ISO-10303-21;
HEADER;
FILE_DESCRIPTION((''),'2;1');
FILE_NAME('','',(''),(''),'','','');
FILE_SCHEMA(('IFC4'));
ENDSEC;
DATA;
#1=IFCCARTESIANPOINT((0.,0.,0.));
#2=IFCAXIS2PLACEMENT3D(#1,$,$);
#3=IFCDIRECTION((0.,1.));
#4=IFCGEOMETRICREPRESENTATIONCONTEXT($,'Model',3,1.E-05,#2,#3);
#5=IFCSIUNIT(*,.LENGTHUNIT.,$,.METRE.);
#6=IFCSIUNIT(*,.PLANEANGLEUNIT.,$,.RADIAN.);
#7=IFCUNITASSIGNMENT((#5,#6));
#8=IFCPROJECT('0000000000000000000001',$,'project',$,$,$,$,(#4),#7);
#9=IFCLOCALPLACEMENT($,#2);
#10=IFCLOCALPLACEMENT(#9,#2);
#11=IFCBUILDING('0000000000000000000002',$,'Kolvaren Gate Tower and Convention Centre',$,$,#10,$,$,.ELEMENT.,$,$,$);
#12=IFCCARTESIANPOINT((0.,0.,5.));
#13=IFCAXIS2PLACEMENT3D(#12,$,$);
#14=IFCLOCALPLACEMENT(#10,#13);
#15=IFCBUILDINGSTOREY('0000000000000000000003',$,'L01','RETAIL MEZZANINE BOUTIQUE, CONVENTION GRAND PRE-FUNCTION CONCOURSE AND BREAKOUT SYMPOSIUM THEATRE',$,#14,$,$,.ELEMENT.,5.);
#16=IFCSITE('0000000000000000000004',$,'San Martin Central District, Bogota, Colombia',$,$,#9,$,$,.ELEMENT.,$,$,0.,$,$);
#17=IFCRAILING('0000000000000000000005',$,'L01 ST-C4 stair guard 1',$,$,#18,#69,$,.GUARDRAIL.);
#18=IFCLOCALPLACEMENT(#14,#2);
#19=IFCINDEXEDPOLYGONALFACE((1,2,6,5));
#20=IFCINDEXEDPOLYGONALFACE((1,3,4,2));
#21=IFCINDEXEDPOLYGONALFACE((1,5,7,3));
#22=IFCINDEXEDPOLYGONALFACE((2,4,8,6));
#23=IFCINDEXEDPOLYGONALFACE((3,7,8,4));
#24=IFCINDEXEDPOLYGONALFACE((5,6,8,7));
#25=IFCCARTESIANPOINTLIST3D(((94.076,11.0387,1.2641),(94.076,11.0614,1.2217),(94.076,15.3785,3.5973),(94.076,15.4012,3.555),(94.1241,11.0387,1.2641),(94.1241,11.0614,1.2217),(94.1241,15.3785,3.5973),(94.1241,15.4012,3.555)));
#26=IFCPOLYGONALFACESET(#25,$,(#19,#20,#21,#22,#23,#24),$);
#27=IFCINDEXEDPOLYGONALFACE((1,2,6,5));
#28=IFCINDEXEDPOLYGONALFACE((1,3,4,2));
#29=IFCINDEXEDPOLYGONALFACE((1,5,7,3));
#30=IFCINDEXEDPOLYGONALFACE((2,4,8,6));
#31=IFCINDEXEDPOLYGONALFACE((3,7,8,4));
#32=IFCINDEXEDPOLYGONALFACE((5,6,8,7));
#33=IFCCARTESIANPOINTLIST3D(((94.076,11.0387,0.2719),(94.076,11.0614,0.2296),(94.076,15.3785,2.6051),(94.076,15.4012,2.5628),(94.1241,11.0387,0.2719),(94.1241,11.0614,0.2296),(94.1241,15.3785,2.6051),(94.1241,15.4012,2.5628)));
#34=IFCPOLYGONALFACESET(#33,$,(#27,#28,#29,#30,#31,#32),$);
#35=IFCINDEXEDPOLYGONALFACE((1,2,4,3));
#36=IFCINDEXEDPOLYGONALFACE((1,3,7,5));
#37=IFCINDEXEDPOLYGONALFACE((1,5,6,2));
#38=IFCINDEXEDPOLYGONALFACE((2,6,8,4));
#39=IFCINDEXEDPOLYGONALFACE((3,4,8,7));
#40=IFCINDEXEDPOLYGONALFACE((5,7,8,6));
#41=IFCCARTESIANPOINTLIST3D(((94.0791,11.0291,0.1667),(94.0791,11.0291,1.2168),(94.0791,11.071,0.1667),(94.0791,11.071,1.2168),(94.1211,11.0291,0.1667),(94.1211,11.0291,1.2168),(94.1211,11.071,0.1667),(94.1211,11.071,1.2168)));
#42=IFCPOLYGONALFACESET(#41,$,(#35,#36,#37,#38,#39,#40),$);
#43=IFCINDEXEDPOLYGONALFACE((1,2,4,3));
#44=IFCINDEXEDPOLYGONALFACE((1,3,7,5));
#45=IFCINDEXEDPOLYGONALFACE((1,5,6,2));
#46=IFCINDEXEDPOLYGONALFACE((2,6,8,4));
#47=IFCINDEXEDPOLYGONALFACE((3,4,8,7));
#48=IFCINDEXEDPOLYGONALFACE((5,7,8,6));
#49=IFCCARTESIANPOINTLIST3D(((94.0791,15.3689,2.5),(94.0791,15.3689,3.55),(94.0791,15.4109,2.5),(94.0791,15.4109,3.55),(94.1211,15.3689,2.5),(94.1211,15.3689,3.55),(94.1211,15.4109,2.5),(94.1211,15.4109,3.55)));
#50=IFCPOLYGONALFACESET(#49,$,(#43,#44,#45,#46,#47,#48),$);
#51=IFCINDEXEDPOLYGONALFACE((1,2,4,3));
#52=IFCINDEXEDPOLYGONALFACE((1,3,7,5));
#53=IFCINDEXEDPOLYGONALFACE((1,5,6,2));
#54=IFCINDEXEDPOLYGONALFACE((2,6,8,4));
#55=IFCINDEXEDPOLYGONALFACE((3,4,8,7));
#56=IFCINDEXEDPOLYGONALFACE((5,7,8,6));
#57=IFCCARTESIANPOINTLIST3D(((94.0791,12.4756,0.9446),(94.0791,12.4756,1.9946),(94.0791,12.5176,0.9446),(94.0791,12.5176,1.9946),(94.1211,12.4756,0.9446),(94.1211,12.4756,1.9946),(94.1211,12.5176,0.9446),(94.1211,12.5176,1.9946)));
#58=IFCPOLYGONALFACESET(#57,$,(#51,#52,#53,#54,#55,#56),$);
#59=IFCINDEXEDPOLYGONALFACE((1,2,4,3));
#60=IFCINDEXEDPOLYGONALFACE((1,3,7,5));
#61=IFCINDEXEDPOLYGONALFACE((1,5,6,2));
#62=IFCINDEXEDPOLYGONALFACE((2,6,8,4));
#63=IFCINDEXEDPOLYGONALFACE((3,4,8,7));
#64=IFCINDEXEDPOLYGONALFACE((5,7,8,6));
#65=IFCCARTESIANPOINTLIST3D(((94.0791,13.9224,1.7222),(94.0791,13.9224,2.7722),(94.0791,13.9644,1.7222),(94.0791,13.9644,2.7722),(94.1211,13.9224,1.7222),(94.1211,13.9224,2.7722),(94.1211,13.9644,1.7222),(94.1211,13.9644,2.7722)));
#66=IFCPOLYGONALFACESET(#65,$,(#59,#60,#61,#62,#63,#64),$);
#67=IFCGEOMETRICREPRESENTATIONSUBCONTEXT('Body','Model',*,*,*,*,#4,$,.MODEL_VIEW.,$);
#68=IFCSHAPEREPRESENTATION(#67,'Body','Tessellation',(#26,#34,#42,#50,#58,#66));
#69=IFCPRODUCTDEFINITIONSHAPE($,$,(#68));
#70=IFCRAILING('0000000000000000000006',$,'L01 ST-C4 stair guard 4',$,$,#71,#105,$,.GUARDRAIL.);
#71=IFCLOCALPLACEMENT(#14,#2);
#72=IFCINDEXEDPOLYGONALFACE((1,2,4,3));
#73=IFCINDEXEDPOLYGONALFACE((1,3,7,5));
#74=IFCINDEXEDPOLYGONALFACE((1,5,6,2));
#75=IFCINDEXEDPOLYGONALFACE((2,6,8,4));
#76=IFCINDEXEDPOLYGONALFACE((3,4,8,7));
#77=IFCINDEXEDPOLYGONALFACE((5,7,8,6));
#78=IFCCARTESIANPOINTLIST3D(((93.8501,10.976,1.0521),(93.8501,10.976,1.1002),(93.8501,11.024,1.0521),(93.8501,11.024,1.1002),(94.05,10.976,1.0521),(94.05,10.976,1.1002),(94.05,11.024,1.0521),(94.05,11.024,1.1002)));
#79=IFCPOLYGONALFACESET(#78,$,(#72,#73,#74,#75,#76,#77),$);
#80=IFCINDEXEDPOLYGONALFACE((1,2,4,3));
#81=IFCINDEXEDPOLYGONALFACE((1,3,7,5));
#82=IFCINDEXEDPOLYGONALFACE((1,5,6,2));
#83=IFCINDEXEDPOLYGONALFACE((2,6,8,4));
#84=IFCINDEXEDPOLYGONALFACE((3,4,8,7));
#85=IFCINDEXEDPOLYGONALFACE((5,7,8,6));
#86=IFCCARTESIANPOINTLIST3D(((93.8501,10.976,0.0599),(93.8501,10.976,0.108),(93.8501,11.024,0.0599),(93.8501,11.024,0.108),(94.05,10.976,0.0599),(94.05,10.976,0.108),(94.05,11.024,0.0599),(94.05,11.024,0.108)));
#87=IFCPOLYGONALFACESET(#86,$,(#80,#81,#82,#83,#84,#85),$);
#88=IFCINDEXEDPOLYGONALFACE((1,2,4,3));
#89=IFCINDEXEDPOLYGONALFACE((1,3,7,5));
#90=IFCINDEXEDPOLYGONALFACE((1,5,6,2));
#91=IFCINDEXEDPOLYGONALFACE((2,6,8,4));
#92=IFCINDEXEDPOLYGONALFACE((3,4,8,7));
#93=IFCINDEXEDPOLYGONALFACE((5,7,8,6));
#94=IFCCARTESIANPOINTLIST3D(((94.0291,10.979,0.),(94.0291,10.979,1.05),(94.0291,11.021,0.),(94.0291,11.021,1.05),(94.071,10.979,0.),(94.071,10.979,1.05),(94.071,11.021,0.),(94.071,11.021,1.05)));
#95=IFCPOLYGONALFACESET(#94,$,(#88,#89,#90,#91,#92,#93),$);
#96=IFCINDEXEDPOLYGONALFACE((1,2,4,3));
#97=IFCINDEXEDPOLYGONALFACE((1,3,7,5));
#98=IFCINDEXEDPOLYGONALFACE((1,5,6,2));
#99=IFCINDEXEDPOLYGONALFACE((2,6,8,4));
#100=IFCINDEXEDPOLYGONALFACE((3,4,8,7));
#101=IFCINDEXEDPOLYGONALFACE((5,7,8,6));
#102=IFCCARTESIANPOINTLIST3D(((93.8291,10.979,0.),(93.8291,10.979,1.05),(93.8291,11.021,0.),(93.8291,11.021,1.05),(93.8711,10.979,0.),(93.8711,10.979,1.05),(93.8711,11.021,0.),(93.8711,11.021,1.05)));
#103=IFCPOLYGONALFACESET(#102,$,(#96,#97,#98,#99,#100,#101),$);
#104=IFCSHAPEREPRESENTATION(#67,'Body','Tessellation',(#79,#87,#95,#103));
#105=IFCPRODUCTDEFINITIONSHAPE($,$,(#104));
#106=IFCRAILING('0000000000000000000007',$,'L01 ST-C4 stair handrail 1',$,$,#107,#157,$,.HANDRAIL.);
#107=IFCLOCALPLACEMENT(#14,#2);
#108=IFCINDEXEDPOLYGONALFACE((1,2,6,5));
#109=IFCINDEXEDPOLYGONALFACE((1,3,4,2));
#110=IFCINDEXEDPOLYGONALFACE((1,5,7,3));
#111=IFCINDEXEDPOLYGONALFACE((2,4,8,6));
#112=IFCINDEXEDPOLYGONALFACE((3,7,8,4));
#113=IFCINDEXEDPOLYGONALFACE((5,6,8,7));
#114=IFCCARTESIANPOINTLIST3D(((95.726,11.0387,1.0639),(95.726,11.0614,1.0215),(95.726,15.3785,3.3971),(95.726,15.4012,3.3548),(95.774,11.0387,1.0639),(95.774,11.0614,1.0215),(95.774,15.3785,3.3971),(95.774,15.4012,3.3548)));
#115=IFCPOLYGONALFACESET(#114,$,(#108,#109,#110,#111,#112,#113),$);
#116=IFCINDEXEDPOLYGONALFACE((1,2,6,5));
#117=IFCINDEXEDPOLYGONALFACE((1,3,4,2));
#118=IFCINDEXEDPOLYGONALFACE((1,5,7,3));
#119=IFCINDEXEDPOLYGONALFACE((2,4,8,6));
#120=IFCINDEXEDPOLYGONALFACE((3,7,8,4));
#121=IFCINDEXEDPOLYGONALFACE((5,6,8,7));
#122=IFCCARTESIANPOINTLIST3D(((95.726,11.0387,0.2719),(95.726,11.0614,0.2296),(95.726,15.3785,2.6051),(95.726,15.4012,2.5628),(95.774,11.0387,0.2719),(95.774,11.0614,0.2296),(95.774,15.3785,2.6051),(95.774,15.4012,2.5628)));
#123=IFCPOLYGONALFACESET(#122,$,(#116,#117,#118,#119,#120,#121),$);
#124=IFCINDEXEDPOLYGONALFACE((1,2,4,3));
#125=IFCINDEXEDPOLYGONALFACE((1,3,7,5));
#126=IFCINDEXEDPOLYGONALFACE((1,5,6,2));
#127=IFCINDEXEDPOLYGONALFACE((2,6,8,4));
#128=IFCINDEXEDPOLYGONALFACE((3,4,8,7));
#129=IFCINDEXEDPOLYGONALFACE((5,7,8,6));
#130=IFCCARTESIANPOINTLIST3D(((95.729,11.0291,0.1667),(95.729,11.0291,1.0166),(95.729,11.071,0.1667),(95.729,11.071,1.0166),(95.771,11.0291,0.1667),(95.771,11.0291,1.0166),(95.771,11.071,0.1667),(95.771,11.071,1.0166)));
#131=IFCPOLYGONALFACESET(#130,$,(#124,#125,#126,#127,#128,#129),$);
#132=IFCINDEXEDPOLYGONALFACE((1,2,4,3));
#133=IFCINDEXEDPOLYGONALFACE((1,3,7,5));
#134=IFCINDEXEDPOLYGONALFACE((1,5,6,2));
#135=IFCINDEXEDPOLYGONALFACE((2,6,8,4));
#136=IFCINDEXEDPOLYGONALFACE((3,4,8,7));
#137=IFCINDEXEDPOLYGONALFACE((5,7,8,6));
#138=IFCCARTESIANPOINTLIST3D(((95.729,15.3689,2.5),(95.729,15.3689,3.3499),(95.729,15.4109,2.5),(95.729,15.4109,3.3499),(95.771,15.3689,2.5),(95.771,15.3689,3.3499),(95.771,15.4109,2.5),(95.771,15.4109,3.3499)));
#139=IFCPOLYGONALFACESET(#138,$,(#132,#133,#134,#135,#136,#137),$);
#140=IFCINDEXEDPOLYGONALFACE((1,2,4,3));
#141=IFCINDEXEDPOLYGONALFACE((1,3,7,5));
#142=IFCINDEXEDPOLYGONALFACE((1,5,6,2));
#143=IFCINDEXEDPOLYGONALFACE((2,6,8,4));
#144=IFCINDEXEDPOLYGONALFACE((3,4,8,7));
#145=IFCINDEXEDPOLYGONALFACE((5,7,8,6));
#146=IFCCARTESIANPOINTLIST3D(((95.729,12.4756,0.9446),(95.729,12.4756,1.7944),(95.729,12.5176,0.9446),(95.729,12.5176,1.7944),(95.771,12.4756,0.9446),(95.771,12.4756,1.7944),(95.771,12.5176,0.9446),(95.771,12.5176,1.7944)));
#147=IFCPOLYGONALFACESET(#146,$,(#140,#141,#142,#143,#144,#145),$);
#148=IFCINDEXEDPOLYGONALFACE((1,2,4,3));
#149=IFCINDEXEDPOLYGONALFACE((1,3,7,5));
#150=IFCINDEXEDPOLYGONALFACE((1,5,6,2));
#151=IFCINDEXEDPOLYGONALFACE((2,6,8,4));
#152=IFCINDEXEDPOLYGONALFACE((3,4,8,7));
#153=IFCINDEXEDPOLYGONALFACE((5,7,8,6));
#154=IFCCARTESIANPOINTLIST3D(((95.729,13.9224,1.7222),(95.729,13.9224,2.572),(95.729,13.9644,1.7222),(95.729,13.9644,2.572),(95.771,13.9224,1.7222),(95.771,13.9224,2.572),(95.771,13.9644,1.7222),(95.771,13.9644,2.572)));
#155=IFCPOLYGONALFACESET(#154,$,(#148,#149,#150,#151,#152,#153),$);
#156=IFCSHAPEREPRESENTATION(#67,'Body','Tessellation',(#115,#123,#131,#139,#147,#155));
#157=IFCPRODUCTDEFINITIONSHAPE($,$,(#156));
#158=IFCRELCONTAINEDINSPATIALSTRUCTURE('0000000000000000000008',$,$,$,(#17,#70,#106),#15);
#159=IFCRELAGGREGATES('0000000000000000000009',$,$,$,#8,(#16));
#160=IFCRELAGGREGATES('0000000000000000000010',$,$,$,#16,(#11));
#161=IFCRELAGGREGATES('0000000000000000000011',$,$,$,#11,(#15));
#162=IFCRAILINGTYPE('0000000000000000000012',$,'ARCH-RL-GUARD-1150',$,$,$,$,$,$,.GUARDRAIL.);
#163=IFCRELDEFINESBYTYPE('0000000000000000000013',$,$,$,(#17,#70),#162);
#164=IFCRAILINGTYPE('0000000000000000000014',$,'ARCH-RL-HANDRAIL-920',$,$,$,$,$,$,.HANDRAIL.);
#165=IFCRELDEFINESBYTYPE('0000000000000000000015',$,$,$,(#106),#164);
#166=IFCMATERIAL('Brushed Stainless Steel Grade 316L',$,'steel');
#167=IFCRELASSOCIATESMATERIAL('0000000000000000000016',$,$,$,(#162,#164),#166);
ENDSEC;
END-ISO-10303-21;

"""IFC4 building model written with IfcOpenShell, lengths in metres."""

from ifc_helpers import new_model, si_unit, direction, frame, origin, origin_2d, place, context, subcontext, project, spatial, rectangle, extrude, material, type_object, element, save


model = new_model("IFC4")

# Units and contexts
model_context = context("Model", 3, precision=1e-05, world=origin(), true_north=direction((0.0, 1.0)))
body_context = subcontext(model_context, "Body", "Model", "MODEL_VIEW")
ifc_project = project(units=[si_unit("LENGTHUNIT", "METRE"), si_unit("PLANEANGLEUNIT", "RADIAN")], contexts=[model_context])

# Site, building, storey
site_placement = place(None, origin())
site = spatial("IfcSite", under=ifc_project, at=site_placement, Name="San Martin Central District, Bogota, Colombia", CompositionType="ELEMENT", RefElevation=0.0)
building_placement = place(site_placement, origin())
building = spatial("IfcBuilding", under=site, at=building_placement, Name="Kolvaren Gate Tower and Convention Centre", CompositionType="ELEMENT")
storey_placement = place(building_placement, frame((0.0, 0.0, 5.0)))
storey = spatial("IfcBuildingStorey", under=building, at=storey_placement, Name="L01", Description="RETAIL MEZZANINE BOUTIQUE, CONVENTION GRAND PRE-FUNCTION CONCOURSE AND BREAKOUT SYMPOSIUM THEATRE", CompositionType="ELEMENT", Elevation=5.0)

# Railings
ifc_material_1 = material(Name="Brushed Stainless Steel Grade 316L", Category="steel")
railing_type_1 = type_object("IfcRailingType", Name="ARCH-RL-GUARD-1150", PredefinedType="GUARDRAIL", material=ifc_material_1)
railing_1_placement = place(storey_placement, frame((94.1001, 11.05, 0.1667)))
element("IfcRailing", 1, at=railing_1_placement, inside=storey, type_object=railing_type_1, Name="L01 ST-C4 stair guard 1", PredefinedType="GUARDRAIL", context=body_context, shape_type="SweptSolid", body=[
    extrude(rectangle(XDim=0.0481, YDim=0.0481, at=origin_2d()), frame((0.0, 0.0, 1.0762), z_axis=(0.0, 0.880775, 0.473535), x_axis=(-1.0, 0.0, 0.0)), (0.0, 0.0, 1.0), 4.9272),
    extrude(rectangle(XDim=0.0481, YDim=0.0481, at=origin_2d()), frame((0.0, 0.0, 0.084), z_axis=(0.0, 0.880775, 0.473535), x_axis=(-1.0, 0.0, 0.0)), (0.0, 0.0, 1.0), 4.9272),
    extrude(rectangle(XDim=0.042, YDim=0.042, at=origin_2d()), origin(), (0.0, 0.0, 1.0), 1.05),
    extrude(rectangle(XDim=0.042, YDim=0.042, at=origin_2d()), frame((0.0, 4.3398, 2.3333)), (0.0, 0.0, 1.0), 1.05),
    extrude(rectangle(XDim=0.042, YDim=0.042, at=origin_2d()), frame((0.0, 1.4465, 0.7778)), (0.0, 0.0, 1.0), 1.05),
    extrude(rectangle(XDim=0.042, YDim=0.042, at=origin_2d()), frame((0.0, 2.8933, 1.5554)), (0.0, 0.0, 1.0), 1.05),
])
railing_2_placement = place(storey_placement, frame((94.05, 11.0, 0.0)))
element("IfcRailing", 2, at=railing_2_placement, inside=storey, type_object=railing_type_1, Name="L01 ST-C4 stair guard 4", PredefinedType="GUARDRAIL", context=body_context, shape_type="SweptSolid", body=[
    extrude(rectangle(XDim=0.0481, YDim=0.0481, at=origin_2d()), frame((0.0, 0.0, 1.0762), z_axis=(-1.0, 0.0, 0.0), x_axis=(0.0, -1.0, 0.0)), (0.0, 0.0, 1.0), 0.2),
    extrude(rectangle(XDim=0.0481, YDim=0.0481, at=origin_2d()), frame((0.0, 0.0, 0.084), z_axis=(-1.0, 0.0, 0.0), x_axis=(0.0, -1.0, 0.0)), (0.0, 0.0, 1.0), 0.2),
    extrude(rectangle(XDim=0.042, YDim=0.042, at=origin_2d()), origin(), (0.0, 0.0, 1.0), 1.05),
    extrude(rectangle(XDim=0.042, YDim=0.042, at=origin_2d()), frame((-0.2, 0.0, 0.0)), (0.0, 0.0, 1.0), 1.05),
])
railing_type_2 = type_object("IfcRailingType", Name="ARCH-RL-HANDRAIL-920", PredefinedType="HANDRAIL", material=ifc_material_1)
railing_3_placement = place(storey_placement, frame((95.75, 11.05, 0.1667)))
element("IfcRailing", 3, at=railing_3_placement, inside=storey, type_object=railing_type_2, Name="L01 ST-C4 stair handrail 1", PredefinedType="HANDRAIL", context=body_context, shape_type="SweptSolid", body=[
    extrude(rectangle(XDim=0.0481, YDim=0.0481, at=origin_2d()), frame((0.0, 0.0, 0.876), z_axis=(0.0, 0.880775, 0.473535), x_axis=(-1.0, 0.0, 0.0)), (0.0, 0.0, 1.0), 4.9272),
    extrude(rectangle(XDim=0.0481, YDim=0.0481, at=origin_2d()), frame((0.0, 0.0, 0.084), z_axis=(0.0, 0.880775, 0.473535), x_axis=(-1.0, 0.0, 0.0)), (0.0, 0.0, 1.0), 4.9272),
    extrude(rectangle(XDim=0.042, YDim=0.042, at=origin_2d()), origin(), (0.0, 0.0, 1.0), 0.8499),
    extrude(rectangle(XDim=0.042, YDim=0.042, at=origin_2d()), frame((0.0, 4.3398, 2.3333)), (0.0, 0.0, 1.0), 0.8499),
    extrude(rectangle(XDim=0.042, YDim=0.042, at=origin_2d()), frame((0.0, 1.4465, 0.7778)), (0.0, 0.0, 1.0), 0.8499),
    extrude(rectangle(XDim=0.042, YDim=0.042, at=origin_2d()), frame((0.0, 2.8933, 1.5554)), (0.0, 0.0, 1.0), 0.8499),
])

save(model, "model.ifc")
